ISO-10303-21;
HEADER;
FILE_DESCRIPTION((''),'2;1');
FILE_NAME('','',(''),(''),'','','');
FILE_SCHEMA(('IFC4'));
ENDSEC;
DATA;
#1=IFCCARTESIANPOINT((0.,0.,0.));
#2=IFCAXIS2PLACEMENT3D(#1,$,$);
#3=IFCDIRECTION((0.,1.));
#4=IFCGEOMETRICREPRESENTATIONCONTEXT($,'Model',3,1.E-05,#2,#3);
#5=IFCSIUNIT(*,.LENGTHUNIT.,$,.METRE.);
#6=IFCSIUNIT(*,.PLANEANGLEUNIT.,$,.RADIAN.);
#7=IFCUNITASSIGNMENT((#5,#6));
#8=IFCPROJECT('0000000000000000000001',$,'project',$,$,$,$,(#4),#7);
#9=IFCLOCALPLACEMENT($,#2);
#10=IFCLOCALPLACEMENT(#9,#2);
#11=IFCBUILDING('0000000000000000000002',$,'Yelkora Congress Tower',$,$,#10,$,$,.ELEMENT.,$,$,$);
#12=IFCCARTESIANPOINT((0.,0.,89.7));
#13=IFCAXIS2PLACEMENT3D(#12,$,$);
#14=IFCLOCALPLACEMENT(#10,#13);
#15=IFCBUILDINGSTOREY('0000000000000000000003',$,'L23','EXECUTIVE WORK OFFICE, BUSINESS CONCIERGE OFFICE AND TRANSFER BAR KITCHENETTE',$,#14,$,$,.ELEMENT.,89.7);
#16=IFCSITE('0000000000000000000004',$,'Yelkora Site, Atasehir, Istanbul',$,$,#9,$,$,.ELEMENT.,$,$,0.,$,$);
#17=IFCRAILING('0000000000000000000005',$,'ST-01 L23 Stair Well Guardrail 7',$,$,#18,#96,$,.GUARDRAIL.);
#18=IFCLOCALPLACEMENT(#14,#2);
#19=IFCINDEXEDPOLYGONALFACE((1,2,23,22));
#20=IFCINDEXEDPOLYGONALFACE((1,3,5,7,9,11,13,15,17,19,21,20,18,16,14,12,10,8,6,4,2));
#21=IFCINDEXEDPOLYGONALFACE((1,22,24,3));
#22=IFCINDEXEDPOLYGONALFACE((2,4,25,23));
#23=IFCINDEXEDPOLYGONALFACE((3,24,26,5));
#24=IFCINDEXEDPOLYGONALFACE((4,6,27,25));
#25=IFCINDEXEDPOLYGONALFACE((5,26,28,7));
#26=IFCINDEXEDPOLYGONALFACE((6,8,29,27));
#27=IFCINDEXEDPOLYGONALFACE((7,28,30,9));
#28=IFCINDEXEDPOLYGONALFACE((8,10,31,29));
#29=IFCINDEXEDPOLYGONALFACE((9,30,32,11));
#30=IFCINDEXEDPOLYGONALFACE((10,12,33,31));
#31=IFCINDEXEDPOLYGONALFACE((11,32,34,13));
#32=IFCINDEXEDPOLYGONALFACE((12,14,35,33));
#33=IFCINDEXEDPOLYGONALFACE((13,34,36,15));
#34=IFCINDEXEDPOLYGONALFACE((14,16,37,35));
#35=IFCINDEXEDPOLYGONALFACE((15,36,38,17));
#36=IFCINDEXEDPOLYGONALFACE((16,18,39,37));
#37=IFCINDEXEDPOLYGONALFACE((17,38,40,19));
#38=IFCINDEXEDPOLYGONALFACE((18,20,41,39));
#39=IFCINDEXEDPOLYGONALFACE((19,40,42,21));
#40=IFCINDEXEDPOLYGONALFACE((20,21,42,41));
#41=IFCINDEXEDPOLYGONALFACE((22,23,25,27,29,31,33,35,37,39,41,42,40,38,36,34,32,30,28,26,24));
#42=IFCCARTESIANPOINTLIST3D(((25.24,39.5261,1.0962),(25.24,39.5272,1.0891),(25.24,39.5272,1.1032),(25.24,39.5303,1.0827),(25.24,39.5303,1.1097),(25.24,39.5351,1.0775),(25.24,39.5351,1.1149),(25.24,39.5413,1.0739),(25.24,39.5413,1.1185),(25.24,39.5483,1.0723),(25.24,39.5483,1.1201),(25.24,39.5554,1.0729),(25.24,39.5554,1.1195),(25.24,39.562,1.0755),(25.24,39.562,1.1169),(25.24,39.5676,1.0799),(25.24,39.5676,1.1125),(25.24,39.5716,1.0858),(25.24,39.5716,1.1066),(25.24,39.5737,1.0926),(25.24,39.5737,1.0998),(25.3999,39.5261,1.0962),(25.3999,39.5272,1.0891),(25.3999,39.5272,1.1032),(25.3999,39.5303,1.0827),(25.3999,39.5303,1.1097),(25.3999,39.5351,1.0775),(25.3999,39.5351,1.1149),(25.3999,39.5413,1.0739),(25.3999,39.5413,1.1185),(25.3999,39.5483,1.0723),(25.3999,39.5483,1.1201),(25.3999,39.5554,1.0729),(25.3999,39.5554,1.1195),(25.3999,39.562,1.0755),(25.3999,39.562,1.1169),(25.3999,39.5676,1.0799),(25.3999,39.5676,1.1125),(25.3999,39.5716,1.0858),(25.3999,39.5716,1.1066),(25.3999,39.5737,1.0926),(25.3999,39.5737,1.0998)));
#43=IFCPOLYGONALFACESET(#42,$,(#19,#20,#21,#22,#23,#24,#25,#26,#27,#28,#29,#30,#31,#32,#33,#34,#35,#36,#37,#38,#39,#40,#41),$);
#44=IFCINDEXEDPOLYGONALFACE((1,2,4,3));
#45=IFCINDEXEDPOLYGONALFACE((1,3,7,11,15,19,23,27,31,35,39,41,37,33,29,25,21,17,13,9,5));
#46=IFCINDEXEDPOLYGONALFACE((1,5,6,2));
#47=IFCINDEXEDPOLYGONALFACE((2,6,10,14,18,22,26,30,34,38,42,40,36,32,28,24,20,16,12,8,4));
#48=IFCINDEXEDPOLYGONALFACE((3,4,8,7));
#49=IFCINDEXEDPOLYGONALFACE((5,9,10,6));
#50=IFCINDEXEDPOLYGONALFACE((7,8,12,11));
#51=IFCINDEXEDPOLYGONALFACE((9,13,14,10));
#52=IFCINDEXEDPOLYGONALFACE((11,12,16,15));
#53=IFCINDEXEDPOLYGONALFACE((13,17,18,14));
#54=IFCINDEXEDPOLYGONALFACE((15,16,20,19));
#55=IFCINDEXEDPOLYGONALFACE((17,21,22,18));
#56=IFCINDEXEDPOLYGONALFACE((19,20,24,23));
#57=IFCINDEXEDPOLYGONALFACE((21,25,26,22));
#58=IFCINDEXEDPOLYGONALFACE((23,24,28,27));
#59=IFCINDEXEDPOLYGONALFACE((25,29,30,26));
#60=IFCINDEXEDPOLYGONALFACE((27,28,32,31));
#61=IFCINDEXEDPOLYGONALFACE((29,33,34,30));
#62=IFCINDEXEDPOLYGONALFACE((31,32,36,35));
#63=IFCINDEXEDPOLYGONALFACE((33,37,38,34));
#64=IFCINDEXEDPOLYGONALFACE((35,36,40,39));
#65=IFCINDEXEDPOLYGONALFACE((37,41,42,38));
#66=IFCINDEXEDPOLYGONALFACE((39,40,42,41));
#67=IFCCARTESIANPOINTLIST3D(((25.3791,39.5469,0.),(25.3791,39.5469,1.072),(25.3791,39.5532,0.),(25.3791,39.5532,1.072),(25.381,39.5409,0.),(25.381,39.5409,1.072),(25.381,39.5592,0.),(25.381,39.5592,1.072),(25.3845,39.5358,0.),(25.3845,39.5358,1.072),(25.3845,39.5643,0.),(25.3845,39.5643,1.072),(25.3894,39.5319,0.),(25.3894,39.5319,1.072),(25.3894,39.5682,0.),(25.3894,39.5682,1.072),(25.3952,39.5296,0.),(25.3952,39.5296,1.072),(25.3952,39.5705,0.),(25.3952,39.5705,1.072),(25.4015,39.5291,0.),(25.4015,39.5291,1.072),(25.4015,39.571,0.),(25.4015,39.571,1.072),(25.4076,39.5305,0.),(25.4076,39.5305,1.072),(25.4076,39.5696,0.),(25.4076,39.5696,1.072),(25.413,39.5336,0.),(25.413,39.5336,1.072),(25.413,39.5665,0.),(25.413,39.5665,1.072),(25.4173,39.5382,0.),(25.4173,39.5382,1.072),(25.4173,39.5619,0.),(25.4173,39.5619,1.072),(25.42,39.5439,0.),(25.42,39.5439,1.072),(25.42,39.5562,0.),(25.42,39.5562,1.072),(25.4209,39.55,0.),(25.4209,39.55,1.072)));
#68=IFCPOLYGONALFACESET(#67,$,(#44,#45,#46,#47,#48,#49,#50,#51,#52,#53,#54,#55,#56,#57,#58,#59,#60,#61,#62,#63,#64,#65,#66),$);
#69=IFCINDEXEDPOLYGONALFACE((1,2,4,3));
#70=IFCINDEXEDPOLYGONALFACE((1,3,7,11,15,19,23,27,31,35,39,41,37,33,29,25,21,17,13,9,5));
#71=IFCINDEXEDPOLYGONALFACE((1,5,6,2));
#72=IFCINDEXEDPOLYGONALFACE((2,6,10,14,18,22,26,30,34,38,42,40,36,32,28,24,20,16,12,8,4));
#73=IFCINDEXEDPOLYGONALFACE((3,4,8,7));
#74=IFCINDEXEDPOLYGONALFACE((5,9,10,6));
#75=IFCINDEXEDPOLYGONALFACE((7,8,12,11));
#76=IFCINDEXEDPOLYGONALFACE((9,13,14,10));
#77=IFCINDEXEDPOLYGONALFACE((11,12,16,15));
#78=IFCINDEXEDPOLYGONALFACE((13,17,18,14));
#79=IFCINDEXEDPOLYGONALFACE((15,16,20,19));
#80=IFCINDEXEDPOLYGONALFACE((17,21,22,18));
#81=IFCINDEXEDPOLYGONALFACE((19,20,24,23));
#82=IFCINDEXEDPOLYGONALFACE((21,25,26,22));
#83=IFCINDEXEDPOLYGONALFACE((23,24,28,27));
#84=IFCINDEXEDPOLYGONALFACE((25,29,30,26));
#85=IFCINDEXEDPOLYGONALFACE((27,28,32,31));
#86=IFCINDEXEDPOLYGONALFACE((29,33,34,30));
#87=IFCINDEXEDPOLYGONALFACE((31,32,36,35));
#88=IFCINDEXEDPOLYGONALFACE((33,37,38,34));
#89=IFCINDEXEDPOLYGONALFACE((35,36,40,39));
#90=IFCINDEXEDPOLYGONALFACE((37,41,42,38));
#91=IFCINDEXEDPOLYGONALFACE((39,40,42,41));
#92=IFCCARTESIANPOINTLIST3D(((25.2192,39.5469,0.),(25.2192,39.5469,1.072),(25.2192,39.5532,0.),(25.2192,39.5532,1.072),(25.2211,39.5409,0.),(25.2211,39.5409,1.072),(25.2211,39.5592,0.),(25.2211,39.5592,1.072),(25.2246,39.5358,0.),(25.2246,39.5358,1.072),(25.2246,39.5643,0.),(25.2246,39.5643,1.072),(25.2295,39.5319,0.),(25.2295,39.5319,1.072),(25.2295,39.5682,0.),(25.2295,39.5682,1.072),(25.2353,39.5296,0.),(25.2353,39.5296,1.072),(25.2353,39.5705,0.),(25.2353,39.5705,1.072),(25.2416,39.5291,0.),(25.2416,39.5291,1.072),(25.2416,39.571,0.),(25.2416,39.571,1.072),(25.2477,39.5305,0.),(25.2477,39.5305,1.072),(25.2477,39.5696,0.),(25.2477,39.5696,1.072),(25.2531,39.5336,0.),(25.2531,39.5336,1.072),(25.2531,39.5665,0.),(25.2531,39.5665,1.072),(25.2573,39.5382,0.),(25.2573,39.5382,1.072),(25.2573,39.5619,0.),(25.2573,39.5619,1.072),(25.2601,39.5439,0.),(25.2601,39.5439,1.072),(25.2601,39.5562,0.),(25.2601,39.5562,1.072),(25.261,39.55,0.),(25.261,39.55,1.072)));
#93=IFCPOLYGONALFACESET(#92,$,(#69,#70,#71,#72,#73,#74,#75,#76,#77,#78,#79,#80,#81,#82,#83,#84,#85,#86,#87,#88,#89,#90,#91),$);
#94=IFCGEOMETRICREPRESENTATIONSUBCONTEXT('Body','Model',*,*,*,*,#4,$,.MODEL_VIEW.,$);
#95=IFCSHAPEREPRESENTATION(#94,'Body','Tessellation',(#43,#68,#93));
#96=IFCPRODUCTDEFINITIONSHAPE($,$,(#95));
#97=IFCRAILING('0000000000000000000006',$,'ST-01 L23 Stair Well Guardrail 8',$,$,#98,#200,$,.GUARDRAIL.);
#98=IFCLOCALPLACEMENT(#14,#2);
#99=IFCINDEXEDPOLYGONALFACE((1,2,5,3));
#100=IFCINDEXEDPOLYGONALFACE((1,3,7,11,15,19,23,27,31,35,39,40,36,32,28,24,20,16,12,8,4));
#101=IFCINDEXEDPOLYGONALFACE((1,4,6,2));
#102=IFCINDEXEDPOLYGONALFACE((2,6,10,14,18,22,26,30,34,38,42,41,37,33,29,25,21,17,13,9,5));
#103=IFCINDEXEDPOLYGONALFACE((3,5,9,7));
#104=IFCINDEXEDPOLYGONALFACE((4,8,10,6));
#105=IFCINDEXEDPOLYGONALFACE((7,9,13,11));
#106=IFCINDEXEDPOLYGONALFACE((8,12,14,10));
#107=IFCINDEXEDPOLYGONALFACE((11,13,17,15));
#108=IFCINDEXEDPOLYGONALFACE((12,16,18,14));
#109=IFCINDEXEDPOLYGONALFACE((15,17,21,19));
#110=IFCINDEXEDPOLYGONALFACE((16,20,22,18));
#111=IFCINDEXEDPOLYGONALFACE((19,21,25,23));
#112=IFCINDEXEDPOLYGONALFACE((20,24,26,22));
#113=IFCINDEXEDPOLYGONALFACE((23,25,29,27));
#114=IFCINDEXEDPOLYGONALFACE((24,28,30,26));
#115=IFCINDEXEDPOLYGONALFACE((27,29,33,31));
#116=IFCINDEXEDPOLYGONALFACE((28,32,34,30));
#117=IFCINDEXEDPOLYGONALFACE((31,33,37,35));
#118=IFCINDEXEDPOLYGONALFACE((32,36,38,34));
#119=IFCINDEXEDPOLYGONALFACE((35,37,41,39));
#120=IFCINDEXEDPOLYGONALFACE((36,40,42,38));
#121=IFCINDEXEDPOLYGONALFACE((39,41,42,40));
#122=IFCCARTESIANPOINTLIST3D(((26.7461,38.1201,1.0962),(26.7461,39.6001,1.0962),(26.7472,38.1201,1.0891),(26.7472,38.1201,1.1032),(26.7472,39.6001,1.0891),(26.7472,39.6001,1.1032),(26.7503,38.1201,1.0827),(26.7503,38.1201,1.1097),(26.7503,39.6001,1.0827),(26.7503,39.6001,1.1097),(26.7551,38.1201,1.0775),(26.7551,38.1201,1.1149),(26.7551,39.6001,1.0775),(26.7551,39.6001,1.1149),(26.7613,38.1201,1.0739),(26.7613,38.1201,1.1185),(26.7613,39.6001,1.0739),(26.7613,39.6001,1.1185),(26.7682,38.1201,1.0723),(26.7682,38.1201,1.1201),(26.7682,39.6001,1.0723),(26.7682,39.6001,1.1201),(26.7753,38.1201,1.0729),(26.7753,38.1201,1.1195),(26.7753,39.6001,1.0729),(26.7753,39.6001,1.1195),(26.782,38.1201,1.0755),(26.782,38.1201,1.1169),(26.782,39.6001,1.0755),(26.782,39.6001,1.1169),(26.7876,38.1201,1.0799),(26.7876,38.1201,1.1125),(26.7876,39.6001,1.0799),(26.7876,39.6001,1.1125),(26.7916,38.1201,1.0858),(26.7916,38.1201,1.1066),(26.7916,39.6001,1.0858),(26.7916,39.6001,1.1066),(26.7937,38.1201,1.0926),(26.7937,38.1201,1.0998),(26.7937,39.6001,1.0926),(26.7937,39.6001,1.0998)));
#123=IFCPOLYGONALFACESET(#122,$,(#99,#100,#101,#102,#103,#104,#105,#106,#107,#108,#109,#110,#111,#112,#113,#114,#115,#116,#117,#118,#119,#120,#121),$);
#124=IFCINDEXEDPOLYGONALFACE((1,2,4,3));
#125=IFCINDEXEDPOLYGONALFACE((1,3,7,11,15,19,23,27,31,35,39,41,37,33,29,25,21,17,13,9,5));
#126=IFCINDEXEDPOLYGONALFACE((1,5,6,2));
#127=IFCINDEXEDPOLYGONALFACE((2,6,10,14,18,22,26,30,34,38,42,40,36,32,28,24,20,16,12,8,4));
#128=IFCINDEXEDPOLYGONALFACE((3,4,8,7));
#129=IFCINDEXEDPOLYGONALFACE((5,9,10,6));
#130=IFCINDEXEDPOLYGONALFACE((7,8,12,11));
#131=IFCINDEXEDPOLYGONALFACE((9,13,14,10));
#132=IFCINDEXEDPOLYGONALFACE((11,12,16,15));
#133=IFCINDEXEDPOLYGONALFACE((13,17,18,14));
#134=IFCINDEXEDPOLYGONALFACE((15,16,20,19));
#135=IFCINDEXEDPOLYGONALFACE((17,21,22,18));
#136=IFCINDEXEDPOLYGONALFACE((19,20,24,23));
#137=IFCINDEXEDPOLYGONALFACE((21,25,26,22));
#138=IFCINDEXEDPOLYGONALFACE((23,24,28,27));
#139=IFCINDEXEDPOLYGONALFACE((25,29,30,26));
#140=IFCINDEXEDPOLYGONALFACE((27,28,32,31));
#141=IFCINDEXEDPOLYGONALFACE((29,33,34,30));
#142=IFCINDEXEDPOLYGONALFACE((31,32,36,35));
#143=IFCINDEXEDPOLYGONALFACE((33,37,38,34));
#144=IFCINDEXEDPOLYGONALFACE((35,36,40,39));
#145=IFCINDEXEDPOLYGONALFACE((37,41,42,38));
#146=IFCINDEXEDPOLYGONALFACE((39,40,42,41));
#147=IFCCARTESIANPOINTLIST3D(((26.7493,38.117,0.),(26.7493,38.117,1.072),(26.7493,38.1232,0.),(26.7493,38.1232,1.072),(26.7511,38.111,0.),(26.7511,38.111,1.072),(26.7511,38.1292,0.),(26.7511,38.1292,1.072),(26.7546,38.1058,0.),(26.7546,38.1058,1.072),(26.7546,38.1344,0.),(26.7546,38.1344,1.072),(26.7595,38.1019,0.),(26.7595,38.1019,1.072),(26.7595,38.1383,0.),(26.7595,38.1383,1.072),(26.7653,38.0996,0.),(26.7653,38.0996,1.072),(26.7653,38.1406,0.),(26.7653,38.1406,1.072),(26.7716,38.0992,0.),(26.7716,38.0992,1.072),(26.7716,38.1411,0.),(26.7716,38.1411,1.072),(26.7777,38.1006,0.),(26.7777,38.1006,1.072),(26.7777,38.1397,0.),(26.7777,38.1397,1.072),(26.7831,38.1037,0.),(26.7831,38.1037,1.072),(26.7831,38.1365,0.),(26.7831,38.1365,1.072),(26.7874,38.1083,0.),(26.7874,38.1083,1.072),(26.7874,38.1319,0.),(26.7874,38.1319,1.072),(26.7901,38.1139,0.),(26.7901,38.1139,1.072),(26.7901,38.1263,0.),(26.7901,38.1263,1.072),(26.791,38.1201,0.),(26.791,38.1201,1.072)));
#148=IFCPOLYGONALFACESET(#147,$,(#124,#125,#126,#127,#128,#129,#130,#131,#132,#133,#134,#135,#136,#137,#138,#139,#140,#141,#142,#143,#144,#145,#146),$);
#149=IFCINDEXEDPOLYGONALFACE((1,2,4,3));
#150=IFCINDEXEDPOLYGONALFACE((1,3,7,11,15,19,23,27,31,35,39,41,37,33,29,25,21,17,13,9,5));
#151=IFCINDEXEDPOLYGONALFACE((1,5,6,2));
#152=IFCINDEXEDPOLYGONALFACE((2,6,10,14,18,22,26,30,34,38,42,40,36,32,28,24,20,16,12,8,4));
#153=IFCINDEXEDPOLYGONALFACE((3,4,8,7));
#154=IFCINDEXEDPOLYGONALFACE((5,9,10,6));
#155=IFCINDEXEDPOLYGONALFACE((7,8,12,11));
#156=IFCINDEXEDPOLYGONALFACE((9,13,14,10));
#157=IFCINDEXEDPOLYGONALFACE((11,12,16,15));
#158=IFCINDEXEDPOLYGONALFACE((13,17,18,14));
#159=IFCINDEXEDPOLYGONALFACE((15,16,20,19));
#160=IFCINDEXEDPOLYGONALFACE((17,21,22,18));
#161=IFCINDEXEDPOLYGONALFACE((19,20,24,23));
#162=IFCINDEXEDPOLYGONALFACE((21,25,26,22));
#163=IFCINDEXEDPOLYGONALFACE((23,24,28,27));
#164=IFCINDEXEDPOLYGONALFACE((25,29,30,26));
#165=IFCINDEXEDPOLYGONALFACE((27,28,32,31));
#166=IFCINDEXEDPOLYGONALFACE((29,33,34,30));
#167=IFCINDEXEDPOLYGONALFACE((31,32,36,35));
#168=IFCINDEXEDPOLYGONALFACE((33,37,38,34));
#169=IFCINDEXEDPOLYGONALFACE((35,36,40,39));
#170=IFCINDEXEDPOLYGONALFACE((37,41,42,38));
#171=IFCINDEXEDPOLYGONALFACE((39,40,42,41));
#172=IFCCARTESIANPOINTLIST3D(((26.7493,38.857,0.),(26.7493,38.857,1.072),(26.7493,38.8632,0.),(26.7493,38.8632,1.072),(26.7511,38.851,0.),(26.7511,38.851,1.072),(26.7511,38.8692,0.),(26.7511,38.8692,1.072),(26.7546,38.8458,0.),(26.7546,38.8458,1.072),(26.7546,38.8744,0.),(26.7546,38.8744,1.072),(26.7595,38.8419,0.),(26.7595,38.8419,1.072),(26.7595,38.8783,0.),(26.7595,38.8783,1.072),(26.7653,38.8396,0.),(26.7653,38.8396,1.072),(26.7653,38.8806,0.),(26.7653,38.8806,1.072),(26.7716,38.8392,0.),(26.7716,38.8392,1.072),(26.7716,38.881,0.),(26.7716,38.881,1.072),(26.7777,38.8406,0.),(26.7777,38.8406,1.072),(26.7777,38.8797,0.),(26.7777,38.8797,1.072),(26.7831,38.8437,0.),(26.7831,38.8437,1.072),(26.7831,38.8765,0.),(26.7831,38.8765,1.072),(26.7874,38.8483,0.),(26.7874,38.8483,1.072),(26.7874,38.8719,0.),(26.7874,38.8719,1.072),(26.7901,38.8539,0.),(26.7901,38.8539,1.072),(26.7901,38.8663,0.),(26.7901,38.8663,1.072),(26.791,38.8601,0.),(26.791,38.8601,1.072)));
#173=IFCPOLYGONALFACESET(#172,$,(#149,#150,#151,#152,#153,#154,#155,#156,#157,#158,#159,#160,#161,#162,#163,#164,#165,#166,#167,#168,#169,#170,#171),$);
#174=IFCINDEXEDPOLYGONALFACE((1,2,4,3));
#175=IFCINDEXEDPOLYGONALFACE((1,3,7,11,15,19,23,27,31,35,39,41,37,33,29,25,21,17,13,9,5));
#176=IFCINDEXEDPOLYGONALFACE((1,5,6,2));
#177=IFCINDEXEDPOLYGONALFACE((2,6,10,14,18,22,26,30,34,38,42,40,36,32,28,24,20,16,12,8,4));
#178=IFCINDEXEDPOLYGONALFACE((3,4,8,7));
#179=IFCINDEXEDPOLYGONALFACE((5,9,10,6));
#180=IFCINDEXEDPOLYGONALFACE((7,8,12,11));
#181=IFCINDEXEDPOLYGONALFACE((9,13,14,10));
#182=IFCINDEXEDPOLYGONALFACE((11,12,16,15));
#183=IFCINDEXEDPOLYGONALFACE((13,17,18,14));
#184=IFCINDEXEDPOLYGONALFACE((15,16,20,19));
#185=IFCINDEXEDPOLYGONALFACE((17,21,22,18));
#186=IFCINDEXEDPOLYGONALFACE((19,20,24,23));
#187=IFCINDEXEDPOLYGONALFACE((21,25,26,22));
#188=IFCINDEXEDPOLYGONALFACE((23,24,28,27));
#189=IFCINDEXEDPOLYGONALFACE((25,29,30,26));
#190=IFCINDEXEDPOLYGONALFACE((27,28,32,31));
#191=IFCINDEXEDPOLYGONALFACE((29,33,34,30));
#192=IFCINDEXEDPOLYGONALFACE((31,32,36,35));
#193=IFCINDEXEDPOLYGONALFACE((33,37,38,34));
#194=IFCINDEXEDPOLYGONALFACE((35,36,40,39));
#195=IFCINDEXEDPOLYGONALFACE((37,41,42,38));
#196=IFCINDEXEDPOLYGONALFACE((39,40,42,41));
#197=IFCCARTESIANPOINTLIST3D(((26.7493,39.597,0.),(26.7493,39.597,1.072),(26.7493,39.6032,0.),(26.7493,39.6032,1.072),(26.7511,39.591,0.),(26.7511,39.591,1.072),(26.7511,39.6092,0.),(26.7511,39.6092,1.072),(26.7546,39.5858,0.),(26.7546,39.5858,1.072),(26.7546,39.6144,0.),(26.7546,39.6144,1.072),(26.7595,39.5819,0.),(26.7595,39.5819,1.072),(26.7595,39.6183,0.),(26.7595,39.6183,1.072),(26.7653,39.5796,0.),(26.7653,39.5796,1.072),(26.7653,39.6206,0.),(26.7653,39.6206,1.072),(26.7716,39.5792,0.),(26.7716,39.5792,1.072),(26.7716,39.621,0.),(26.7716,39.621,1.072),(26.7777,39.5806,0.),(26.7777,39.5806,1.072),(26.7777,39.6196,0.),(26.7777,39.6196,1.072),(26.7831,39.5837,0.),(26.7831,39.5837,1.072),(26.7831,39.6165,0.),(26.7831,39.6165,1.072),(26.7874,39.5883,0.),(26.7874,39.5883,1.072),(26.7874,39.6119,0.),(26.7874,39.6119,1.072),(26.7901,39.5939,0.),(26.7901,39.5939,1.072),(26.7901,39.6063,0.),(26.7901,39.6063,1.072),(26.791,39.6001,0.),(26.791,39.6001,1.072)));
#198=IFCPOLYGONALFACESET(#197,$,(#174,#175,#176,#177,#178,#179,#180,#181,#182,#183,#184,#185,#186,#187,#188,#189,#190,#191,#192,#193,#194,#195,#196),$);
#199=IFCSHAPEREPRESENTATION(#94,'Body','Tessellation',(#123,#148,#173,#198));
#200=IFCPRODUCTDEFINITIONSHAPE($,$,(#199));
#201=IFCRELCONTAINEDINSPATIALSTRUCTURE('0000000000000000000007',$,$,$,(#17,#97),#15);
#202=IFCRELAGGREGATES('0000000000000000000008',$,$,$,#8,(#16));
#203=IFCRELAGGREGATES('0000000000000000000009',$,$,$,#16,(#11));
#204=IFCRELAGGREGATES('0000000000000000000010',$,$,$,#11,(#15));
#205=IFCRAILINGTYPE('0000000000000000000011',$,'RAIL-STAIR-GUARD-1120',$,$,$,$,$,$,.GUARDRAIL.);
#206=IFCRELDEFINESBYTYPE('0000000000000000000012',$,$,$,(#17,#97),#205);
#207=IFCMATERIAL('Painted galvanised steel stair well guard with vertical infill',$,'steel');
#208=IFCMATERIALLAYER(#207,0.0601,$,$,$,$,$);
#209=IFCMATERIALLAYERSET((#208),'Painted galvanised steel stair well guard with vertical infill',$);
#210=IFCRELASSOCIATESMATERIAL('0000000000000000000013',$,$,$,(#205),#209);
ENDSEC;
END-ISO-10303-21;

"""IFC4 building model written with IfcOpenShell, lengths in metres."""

from ifc_helpers import new_model, si_unit, direction, frame, origin, origin_2d, place, context, subcontext, project, spatial, circle, extrude, material, layer, layer_set, type_object, element, save


model = new_model("IFC4")

# Units and contexts
model_context = context("Model", 3, precision=1e-05, world=origin(), true_north=direction((0.0, 1.0)))
body_context = subcontext(model_context, "Body", "Model", "MODEL_VIEW")
ifc_project = project(units=[si_unit("LENGTHUNIT", "METRE"), si_unit("PLANEANGLEUNIT", "RADIAN")], contexts=[model_context])

# Site, building, storey
site_placement = place(None, origin())
site = spatial("IfcSite", under=ifc_project, at=site_placement, Name="Yelkora Site, Atasehir, Istanbul", CompositionType="ELEMENT", RefElevation=0.0)
building_placement = place(site_placement, origin())
building = spatial("IfcBuilding", under=site, at=building_placement, Name="Yelkora Congress Tower", CompositionType="ELEMENT")
storey_placement = place(building_placement, frame((0.0, 0.0, 89.7)))
storey = spatial("IfcBuildingStorey", under=building, at=storey_placement, Name="L23", Description="EXECUTIVE WORK OFFICE, BUSINESS CONCIERGE OFFICE AND TRANSFER BAR KITCHENETTE", CompositionType="ELEMENT", Elevation=89.7)

# Railings
ifc_material_1 = material(Name="Painted galvanised steel stair well guard with vertical infill", Category="steel")
ifc_layer_1 = layer(ifc_material_1, 0.0601)
ifc_layer_set_1 = layer_set([ifc_layer_1], Name="Painted galvanised steel stair well guard with vertical infill")
railing_type_1 = type_object("IfcRailingType", Name="RAIL-STAIR-GUARD-1120", PredefinedType="GUARDRAIL", material=ifc_layer_set_1)
railing_1_placement = place(storey_placement, frame((25.3999, 39.55, 0.0)))
element("IfcRailing", 1, at=railing_1_placement, inside=storey, type_object=railing_type_1, Name="ST-01 L23 Stair Well Guardrail 7", PredefinedType="GUARDRAIL", context=body_context, shape_type="SweptSolid", body=[
    extrude(circle(Radius=0.0239, at=origin_2d()), frame((0.0, 0.0, 1.0962), z_axis=(-1.0, 0.0, 0.0), x_axis=(0.0, -1.0, 0.0)), (0.0, 0.0, 1.0), 0.1599),
    extrude(circle(Radius=0.021, at=origin_2d()), origin(), (0.0, 0.0, 1.0), 1.072),
    extrude(circle(Radius=0.021, at=origin_2d()), frame((-0.1599, 0.0, 0.0)), (0.0, 0.0, 1.0), 1.072),
])
railing_2_placement = place(storey_placement, frame((26.77, 38.1201, 0.0)))
element("IfcRailing", 2, at=railing_2_placement, inside=storey, type_object=railing_type_1, Name="ST-01 L23 Stair Well Guardrail 8", PredefinedType="GUARDRAIL", context=body_context, shape_type="SweptSolid", body=[
    extrude(circle(Radius=0.0239, at=origin_2d()), frame((0.0, 0.0, 1.0962), z_axis=(0.0, 1.0, 0.0), x_axis=(-1.0, 0.0, 0.0)), (0.0, 0.0, 1.0), 1.48),
    extrude(circle(Radius=0.021, at=origin_2d()), origin(), (0.0, 0.0, 1.0), 1.072),
    extrude(circle(Radius=0.021, at=origin_2d()), frame((0.0, 0.74, 0.0)), (0.0, 0.0, 1.0), 1.072),
    extrude(circle(Radius=0.021, at=origin_2d()), frame((0.0, 1.48, 0.0)), (0.0, 0.0, 1.0), 1.072),
])

save(model, "model.ifc")
